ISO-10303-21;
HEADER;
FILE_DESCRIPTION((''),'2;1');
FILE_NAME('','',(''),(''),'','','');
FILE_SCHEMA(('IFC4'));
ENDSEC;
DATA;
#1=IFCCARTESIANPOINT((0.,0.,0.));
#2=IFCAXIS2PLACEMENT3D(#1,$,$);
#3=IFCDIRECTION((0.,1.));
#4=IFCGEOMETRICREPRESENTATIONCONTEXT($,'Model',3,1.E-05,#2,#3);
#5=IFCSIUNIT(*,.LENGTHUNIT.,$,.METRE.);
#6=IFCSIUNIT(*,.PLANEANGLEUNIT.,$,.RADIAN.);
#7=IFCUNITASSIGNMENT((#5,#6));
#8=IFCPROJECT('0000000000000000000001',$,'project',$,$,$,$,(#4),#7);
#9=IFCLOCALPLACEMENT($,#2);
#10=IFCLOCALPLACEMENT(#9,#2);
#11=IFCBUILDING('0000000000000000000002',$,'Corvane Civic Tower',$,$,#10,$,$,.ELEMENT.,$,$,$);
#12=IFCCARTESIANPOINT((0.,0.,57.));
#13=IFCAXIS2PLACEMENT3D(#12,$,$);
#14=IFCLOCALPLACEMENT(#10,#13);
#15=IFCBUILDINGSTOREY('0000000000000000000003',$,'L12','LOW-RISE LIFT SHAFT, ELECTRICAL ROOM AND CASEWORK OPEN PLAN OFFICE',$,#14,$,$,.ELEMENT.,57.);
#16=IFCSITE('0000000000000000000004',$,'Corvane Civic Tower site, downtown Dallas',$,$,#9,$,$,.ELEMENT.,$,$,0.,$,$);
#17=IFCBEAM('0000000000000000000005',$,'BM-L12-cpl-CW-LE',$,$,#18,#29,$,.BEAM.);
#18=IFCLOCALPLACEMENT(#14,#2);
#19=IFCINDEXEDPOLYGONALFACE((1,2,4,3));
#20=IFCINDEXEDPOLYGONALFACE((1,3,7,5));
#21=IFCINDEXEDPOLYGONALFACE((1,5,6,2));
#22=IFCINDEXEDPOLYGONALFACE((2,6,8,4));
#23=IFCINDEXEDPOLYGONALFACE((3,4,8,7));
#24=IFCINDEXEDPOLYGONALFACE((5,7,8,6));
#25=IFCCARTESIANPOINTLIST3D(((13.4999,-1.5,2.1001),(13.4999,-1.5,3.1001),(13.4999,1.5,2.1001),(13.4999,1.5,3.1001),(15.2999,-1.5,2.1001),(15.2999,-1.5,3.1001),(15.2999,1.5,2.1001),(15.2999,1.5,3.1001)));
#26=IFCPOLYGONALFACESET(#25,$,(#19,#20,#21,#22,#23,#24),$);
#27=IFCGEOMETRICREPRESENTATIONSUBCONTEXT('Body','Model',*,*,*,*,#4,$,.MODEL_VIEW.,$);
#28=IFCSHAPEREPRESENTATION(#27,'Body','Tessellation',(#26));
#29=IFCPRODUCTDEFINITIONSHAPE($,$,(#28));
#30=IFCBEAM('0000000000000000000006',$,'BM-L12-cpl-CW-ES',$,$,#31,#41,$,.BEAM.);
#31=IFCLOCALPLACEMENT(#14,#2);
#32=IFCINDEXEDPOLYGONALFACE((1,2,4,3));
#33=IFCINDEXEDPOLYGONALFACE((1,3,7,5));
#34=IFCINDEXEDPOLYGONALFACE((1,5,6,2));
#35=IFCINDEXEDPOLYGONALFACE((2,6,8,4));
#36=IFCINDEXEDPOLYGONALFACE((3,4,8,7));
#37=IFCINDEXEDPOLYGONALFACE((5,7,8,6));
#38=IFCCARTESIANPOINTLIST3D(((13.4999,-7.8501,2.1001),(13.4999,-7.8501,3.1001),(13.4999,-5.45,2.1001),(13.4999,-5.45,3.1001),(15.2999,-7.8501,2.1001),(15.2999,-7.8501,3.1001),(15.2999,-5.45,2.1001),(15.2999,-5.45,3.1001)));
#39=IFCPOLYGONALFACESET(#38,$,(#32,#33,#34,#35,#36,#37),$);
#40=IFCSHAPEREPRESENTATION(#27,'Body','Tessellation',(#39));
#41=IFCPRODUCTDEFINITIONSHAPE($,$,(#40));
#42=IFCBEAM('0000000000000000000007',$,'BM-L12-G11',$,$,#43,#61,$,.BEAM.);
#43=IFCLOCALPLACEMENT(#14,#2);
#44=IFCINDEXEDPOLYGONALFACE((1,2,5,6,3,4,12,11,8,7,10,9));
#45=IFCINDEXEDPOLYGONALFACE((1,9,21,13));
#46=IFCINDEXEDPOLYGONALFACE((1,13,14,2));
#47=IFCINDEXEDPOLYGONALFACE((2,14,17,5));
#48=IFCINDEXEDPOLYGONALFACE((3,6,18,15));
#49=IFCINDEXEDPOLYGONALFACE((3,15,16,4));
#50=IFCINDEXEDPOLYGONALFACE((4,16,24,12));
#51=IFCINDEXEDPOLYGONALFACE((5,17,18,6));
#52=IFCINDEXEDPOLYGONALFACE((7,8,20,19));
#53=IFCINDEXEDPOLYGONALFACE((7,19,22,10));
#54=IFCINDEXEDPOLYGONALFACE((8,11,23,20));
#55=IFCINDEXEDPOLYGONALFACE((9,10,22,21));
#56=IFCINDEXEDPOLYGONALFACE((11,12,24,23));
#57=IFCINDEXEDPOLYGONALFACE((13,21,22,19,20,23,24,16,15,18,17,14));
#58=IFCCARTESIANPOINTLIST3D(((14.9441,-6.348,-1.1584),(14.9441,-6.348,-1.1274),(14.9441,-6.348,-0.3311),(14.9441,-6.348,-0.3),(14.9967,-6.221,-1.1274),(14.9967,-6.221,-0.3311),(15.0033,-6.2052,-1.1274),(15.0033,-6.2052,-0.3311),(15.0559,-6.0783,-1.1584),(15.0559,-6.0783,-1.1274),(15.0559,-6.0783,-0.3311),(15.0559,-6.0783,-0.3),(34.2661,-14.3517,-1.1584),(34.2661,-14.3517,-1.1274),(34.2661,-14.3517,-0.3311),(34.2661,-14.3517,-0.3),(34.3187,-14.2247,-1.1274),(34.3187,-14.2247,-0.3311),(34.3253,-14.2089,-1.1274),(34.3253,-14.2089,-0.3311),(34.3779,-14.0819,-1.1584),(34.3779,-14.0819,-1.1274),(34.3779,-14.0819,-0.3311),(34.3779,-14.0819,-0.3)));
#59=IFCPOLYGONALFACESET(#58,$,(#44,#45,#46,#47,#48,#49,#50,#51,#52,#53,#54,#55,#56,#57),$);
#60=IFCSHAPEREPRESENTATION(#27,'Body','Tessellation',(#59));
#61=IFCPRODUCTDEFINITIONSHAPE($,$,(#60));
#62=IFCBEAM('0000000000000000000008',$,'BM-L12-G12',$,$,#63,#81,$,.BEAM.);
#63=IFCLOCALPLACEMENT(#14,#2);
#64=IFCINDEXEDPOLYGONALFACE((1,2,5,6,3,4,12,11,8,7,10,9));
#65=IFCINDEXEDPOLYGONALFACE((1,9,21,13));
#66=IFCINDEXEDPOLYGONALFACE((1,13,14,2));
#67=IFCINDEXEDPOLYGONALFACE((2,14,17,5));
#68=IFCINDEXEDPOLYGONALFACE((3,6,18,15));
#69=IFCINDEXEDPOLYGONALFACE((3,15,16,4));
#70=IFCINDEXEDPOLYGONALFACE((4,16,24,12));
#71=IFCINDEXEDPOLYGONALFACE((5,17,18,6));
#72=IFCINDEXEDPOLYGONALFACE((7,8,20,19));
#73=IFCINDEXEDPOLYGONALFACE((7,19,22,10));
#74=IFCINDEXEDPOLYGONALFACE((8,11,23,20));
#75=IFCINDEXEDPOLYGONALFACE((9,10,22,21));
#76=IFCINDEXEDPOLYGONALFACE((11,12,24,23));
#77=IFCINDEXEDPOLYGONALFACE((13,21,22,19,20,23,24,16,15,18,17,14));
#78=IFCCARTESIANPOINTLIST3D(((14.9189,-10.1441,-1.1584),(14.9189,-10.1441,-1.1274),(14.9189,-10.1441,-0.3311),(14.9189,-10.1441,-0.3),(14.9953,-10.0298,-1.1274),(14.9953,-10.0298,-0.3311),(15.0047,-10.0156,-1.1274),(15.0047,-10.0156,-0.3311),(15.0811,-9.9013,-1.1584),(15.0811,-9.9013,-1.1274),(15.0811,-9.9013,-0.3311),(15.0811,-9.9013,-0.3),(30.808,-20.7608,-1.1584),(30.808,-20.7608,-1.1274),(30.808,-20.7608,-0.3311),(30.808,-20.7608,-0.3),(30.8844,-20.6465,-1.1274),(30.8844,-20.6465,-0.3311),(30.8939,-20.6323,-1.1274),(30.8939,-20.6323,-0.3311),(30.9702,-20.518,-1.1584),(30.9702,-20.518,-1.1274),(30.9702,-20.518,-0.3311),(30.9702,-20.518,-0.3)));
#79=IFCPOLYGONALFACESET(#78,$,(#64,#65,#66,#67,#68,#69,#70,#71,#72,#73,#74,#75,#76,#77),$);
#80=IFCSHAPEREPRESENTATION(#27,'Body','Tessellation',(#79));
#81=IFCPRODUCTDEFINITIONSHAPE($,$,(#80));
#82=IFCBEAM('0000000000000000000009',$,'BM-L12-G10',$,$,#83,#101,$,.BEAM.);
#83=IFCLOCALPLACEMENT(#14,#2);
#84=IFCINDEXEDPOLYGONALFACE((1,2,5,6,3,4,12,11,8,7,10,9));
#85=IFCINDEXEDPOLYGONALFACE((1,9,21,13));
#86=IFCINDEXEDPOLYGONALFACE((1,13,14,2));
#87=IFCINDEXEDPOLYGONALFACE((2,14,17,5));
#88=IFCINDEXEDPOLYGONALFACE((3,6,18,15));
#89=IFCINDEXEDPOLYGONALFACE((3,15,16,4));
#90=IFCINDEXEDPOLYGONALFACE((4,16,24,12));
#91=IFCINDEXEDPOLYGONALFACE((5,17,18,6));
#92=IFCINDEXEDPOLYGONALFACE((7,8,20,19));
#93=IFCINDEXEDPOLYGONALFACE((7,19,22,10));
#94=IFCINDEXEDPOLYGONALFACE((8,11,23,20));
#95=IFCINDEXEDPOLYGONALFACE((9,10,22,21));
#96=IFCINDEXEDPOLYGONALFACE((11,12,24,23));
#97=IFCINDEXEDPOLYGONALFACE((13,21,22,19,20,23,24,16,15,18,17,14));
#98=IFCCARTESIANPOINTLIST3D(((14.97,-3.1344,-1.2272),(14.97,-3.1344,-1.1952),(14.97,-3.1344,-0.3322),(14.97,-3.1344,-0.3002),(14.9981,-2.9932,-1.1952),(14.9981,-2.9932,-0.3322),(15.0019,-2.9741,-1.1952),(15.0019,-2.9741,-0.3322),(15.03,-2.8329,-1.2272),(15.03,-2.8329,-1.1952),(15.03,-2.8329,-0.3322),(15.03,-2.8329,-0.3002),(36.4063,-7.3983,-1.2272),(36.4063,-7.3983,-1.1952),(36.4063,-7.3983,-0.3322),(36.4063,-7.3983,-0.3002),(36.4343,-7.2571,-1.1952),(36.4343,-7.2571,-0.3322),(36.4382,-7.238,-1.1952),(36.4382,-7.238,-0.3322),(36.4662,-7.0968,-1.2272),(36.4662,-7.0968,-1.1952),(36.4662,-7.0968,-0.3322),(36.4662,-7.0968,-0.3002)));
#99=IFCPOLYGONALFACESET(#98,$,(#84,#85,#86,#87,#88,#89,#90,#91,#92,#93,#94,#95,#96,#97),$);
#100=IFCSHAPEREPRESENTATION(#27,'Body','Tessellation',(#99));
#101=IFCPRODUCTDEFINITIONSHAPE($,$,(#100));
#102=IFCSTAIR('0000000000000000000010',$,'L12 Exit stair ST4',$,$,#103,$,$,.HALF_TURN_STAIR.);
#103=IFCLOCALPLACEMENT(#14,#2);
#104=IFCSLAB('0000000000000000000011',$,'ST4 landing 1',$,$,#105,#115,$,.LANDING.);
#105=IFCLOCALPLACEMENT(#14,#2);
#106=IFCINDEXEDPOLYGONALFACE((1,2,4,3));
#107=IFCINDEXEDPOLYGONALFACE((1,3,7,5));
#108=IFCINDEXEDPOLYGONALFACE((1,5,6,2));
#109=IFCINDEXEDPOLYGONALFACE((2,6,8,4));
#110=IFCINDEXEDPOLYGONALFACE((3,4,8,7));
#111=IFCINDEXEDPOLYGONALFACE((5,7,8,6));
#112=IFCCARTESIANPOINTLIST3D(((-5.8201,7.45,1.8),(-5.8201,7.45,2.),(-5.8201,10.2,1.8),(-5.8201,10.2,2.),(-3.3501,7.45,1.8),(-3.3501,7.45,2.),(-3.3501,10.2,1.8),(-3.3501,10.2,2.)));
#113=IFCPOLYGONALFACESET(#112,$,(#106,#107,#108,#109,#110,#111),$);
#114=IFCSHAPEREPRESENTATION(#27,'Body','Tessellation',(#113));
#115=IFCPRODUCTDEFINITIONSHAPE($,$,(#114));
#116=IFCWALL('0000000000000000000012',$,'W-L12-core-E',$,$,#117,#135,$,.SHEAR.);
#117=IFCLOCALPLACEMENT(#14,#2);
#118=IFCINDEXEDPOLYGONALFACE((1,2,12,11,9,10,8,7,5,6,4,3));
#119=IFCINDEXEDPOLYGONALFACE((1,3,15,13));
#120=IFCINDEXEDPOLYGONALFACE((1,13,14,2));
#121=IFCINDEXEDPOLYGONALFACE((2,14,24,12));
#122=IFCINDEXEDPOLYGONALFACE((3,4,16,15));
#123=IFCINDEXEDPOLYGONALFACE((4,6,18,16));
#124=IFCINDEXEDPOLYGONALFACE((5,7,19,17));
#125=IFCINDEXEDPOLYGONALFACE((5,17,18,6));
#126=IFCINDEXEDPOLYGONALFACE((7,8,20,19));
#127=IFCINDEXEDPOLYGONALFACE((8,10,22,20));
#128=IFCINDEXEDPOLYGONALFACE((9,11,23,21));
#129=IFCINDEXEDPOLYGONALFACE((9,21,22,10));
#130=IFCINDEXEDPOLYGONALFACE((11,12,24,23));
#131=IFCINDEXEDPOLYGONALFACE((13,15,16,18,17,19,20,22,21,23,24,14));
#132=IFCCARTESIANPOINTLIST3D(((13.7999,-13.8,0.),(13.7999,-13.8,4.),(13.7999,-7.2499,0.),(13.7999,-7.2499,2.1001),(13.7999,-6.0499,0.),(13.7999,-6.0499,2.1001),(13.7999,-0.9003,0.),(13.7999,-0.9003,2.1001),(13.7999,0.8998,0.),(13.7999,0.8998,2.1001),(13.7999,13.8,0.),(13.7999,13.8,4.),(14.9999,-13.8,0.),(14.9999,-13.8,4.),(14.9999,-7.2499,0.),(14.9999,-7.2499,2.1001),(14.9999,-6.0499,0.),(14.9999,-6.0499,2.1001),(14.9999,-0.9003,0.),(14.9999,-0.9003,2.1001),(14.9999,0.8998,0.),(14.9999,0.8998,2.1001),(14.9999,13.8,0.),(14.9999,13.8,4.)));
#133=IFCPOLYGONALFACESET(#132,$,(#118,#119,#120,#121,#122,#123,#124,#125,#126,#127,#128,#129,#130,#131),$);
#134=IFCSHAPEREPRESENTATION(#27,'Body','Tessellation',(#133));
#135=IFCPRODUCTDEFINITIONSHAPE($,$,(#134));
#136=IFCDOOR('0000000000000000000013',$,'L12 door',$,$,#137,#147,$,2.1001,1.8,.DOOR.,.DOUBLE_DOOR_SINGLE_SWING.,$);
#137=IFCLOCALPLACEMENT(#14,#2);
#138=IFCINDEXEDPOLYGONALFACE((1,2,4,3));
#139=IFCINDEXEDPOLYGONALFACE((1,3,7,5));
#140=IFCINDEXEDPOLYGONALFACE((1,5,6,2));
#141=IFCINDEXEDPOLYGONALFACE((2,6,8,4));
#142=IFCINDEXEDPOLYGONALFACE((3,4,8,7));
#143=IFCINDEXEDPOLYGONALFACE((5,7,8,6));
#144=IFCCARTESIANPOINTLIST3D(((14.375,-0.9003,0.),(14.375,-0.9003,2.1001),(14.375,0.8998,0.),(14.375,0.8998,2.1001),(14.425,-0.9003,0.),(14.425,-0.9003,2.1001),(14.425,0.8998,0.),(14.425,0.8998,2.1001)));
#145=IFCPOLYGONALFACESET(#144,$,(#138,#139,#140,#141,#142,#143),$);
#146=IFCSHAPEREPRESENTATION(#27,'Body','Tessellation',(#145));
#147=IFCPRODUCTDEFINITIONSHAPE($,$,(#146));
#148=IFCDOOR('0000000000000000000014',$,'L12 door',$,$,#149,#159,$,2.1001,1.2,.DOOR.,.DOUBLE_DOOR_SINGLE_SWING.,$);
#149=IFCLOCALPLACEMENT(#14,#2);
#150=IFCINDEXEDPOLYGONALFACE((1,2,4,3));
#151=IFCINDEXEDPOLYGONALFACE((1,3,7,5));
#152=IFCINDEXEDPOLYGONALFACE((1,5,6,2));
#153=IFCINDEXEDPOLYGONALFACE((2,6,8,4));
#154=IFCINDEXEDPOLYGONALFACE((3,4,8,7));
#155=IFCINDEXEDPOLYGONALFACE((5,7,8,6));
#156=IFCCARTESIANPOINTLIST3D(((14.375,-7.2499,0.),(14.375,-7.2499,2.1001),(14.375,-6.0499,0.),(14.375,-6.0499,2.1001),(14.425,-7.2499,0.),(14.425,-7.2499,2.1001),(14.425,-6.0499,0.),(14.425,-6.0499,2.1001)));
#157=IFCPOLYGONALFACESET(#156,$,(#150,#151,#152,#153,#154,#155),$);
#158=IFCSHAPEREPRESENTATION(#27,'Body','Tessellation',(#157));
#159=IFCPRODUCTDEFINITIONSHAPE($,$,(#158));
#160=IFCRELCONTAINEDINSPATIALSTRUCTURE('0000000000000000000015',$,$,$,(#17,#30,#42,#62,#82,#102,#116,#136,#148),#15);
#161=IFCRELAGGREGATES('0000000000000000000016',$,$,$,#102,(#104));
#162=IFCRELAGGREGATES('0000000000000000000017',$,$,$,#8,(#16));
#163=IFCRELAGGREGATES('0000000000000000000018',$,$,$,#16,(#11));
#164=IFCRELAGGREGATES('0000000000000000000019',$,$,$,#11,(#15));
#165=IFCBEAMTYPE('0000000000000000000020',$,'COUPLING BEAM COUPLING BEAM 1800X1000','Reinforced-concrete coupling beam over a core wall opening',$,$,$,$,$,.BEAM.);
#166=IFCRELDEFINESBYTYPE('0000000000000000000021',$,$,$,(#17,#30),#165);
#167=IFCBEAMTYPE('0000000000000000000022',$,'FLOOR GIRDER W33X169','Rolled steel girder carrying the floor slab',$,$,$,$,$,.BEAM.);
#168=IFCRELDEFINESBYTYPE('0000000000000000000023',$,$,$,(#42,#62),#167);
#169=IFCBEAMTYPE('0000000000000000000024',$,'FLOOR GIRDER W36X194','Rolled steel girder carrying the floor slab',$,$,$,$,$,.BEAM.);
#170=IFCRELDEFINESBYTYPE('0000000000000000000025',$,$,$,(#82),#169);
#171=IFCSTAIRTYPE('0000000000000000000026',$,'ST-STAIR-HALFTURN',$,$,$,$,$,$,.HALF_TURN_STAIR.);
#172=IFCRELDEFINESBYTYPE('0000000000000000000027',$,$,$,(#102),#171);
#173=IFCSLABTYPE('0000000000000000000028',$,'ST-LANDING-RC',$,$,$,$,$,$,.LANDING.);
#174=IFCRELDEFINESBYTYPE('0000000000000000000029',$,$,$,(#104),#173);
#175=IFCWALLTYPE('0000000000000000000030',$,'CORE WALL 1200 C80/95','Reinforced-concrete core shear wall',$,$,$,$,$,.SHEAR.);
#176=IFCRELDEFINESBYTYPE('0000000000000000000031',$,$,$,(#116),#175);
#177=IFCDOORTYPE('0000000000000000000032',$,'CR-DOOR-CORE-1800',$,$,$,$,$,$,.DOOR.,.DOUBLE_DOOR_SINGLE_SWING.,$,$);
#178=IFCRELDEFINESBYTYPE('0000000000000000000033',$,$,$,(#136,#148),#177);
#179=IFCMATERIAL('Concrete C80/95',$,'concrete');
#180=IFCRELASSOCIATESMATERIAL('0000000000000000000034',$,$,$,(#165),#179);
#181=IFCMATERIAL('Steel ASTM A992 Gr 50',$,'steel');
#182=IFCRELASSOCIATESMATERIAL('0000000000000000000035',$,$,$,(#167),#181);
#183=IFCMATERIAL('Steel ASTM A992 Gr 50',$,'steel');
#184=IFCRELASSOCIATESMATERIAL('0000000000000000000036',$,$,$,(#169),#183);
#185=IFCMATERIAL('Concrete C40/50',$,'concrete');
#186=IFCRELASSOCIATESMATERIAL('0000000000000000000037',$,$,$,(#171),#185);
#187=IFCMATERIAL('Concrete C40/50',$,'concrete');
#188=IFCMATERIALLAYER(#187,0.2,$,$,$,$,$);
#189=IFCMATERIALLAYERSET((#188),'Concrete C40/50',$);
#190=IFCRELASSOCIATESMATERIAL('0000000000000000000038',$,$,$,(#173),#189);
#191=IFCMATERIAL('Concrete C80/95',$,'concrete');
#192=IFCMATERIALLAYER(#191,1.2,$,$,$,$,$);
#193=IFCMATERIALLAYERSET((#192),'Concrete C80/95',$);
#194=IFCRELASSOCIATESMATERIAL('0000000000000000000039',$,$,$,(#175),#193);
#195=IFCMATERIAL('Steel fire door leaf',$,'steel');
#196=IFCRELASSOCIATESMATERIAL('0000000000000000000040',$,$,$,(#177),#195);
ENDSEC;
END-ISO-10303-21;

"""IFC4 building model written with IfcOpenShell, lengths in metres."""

from ifc_helpers import new_model, si_unit, direction, frame, frame_2d, origin, origin_2d, place, context, subcontext, project, spatial, polyline, rectangle, i_section, outline, extrude, material, layer, layer_set, material_profile, profile_set, type_object, element, fill, aggregate, save


model = new_model("IFC4")

# Units and contexts
model_context = context("Model", 3, precision=1e-05, world=origin(), true_north=direction((0.0, 1.0)))
body_context = subcontext(model_context, "Body", "Model", "MODEL_VIEW")
ifc_project = project(units=[si_unit("LENGTHUNIT", "METRE"), si_unit("PLANEANGLEUNIT", "RADIAN")], contexts=[model_context])

# Site, building, storey
site_placement = place(None, origin())
site = spatial("IfcSite", under=ifc_project, at=site_placement, Name="Corvane Civic Tower site, downtown Dallas", CompositionType="ELEMENT", RefElevation=0.0)
building_placement = place(site_placement, origin())
building = spatial("IfcBuilding", under=site, at=building_placement, Name="Corvane Civic Tower", CompositionType="ELEMENT")
storey_placement = place(building_placement, frame((0.0, 0.0, 57.0)))
storey = spatial("IfcBuildingStorey", under=building, at=storey_placement, Name="L12", Description="LOW-RISE LIFT SHAFT, ELECTRICAL ROOM AND CASEWORK OPEN PLAN OFFICE", CompositionType="ELEMENT", Elevation=57.0)

# Beams
ifc_material_1 = material(Name="Concrete C80/95", Category="concrete")
ifc_material_profile_1 = material_profile(ifc_material_1, rectangle(XDim=1.8, YDim=1.0, at=origin_2d()), Name="COUPLING BEAM 1800X1000")
ifc_profile_set_1 = profile_set([ifc_material_profile_1], Name="Concrete C80/95")
beam_type_1 = type_object("IfcBeamType", Name="COUPLING BEAM COUPLING BEAM 1800X1000", Description="Reinforced-concrete coupling beam over a core wall opening", PredefinedType="BEAM", material=ifc_profile_set_1)
beam_1_placement = place(storey_placement, frame((14.3999, -1.5, 2.6001), z_axis=(0.0, 1.0, 0.0), x_axis=(-1.0, 0.0, 0.0)))
element("IfcBeam", 1, at=beam_1_placement, inside=storey, type_object=beam_type_1, Name="BM-L12-cpl-CW-LE", PredefinedType="BEAM", context=body_context, shape_type="SweptSolid", body=[
    extrude(rectangle(XDim=1.8, YDim=1.0, at=origin_2d()), origin(), (0.0, 0.0, 1.0), 3.0),
])
beam_2_placement = place(storey_placement, frame((14.3999, -7.8501, 2.6001), z_axis=(0.0, 1.0, 0.0), x_axis=(-1.0, 0.0, 0.0)))
element("IfcBeam", 2, at=beam_2_placement, inside=storey, type_object=beam_type_1, Name="BM-L12-cpl-CW-ES", PredefinedType="BEAM", context=body_context, shape_type="SweptSolid", body=[
    extrude(rectangle(XDim=1.8, YDim=1.0, at=origin_2d()), origin(), (0.0, 0.0, 1.0), 2.4001),
])
ifc_material_2 = material(Name="Steel ASTM A992 Gr 50", Category="steel")
ifc_material_profile_2 = material_profile(ifc_material_2, i_section(OverallWidth=0.292, OverallDepth=0.8584, WebThickness=0.0171, FlangeThickness=0.031, at=origin_2d()), Name="W33X169")
ifc_profile_set_2 = profile_set([ifc_material_profile_2], Name="Steel ASTM A992 Gr 50")
beam_type_2 = type_object("IfcBeamType", Name="FLOOR GIRDER W33X169", Description="Rolled steel girder carrying the floor slab", PredefinedType="BEAM", material=ifc_profile_set_2)
beam_3_placement = place(storey_placement, frame((15.0, -6.2131, -0.7292), z_axis=(0.923876, -0.382692, 0.0), x_axis=(0.382692, 0.923876, 0.0)))
element("IfcBeam", 3, at=beam_3_placement, inside=storey, type_object=beam_type_2, Name="BM-L12-G11", PredefinedType="BEAM", context=body_context, shape_type="SweptSolid", body=[
    extrude(i_section(OverallWidth=0.292, OverallDepth=0.8584, WebThickness=0.0171, FlangeThickness=0.031, at=origin_2d()), origin(), (0.0, 0.0, 1.0), 20.9141),
])
beam_4_placement = place(storey_placement, frame((15.0, -10.0227, -0.7292), z_axis=(0.831472, -0.555567, 0.0), x_axis=(0.555567, 0.831472, 0.0)))
element("IfcBeam", 4, at=beam_4_placement, inside=storey, type_object=beam_type_2, Name="BM-L12-G12", PredefinedType="BEAM", context=body_context, shape_type="SweptSolid", body=[
    extrude(i_section(OverallWidth=0.292, OverallDepth=0.8584, WebThickness=0.0171, FlangeThickness=0.031, at=origin_2d()), origin(), (0.0, 0.0, 1.0), 19.1096),
])
ifc_material_3 = material(Name="Steel ASTM A992 Gr 50", Category="steel")
ifc_material_profile_3 = material_profile(ifc_material_3, i_section(OverallWidth=0.3074, OverallDepth=0.927, WebThickness=0.0195, FlangeThickness=0.032, at=origin_2d()), Name="W36X194")
ifc_profile_set_3 = profile_set([ifc_material_profile_3], Name="Steel ASTM A992 Gr 50")
beam_type_3 = type_object("IfcBeamType", Name="FLOOR GIRDER W36X194", Description="Rolled steel girder carrying the floor slab", PredefinedType="BEAM", material=ifc_profile_set_3)
beam_5_placement = place(storey_placement, frame((15.0, -2.9836, -0.7637), z_axis=(0.980785, -0.195089, 0.0), x_axis=(0.195089, 0.980785, 0.0)))
element("IfcBeam", 5, at=beam_5_placement, inside=storey, type_object=beam_type_3, Name="BM-L12-G10", PredefinedType="BEAM", context=body_context, shape_type="SweptSolid", body=[
    extrude(i_section(OverallWidth=0.3074, OverallDepth=0.927, WebThickness=0.0195, FlangeThickness=0.032, at=origin_2d()), origin(), (0.0, 0.0, 1.0), 21.8562),
])

# Stair, slab
ifc_material_4 = material(Name="Concrete C40/50", Category="concrete")
stair_type = type_object("IfcStairType", Name="ST-STAIR-HALFTURN", PredefinedType="HALF_TURN_STAIR", material=ifc_material_4)
stair_1_placement = place(storey_placement, origin())
stair_1 = element("IfcStair", 6, at=stair_1_placement, inside=storey, type_object=stair_type, Name="L12 Exit stair ST4", PredefinedType="HALF_TURN_STAIR")
ifc_material_5 = material(Name="Concrete C40/50", Category="concrete")
ifc_layer_1 = layer(ifc_material_5, 0.2)
ifc_layer_set_1 = layer_set([ifc_layer_1], Name="Concrete C40/50")
slab_type = type_object("IfcSlabType", Name="ST-LANDING-RC", PredefinedType="LANDING", material=ifc_layer_set_1)
slab_placement = place(storey_placement, frame((0.0, 0.0, 1.8)))
slab = element("IfcSlab", 7, at=slab_placement, type_object=slab_type, Name="ST4 landing 1", PredefinedType="LANDING", context=body_context, shape_type="SweptSolid", body=[
    extrude(outline(polyline([(-5.8201, 7.45), (-3.3501, 7.45), (-3.3501, 10.2), (-5.8201, 10.2), (-5.8201, 7.45)])), origin(), (0.0, 0.0, 1.0), 0.2),
])
aggregate(stair_1, [slab])

# Wall, openings, doors
ifc_material_6 = material(Name="Concrete C80/95", Category="concrete")
ifc_layer_2 = layer(ifc_material_6, 1.2)
ifc_layer_set_2 = layer_set([ifc_layer_2], Name="Concrete C80/95")
wall_type_1 = type_object("IfcWallType", Name="CORE WALL 1200 C80/95", Description="Reinforced-concrete core shear wall", PredefinedType="SHEAR", material=ifc_layer_set_2)
wall_1_placement = place(storey_placement, frame((14.3999, -13.8, 0.0), z_axis=(0.0, 0.0, 1.0), x_axis=(0.0, 1.0, 0.0)))
wall_1 = element("IfcWall", 8, at=wall_1_placement, inside=storey, type_object=wall_type_1, Name="W-L12-core-E", PredefinedType="SHEAR", context=body_context, shape_type="SweptSolid", body=[
    extrude(rectangle(XDim=27.6001, YDim=1.2, at=frame_2d((13.8, 0.0))), origin(), (0.0, 0.0, 1.0), 4.0),
])
opening_1_placement = place(wall_1_placement, frame((12.8999, 0.0, 0.0)))
opening_1 = element("IfcOpeningElement", 9, at=opening_1_placement, cuts=wall_1, PredefinedType="OPENING", context=body_context, shape_type="SweptSolid", body=[
    extrude(rectangle(XDim=1.8, YDim=2.1001, at=frame_2d((0.8999, 1.05))), frame((0.0, 0.6099, 0.0), z_axis=(0.0, -1.0, 0.0), x_axis=(1.0, 0.0, 0.0)), (0.0, 0.0, 1.0), 1.22),
])
opening_2_placement = place(wall_1_placement, frame((6.55, 0.0, 0.0)))
opening_2 = element("IfcOpeningElement", 10, at=opening_2_placement, cuts=wall_1, PredefinedType="OPENING", context=body_context, shape_type="SweptSolid", body=[
    extrude(rectangle(XDim=1.2, YDim=2.1001, at=frame_2d((0.6001, 1.05))), frame((0.0, 0.6099, 0.0), z_axis=(0.0, -1.0, 0.0), x_axis=(1.0, 0.0, 0.0)), (0.0, 0.0, 1.0), 1.22),
])
ifc_material_7 = material(Name="Steel fire door leaf", Category="steel")
door_type_1 = type_object("IfcDoorType", Name="CR-DOOR-CORE-1800", OperationType="DOUBLE_DOOR_SINGLE_SWING", PredefinedType="DOOR", material=ifc_material_7)
door_1_placement = place(opening_1_placement, origin())
door_1 = element("IfcDoor", 11, at=door_1_placement, inside=storey, type_object=door_type_1, Name="L12 door", OperationType="DOUBLE_DOOR_SINGLE_SWING", OverallHeight=2.1001, OverallWidth=1.8, PredefinedType="DOOR", context=body_context, shape_type="SweptSolid", body=[
    extrude(rectangle(XDim=1.8, YDim=2.1001, at=frame_2d((0.8999, 1.05))), frame((0.0, 0.0249, 0.0), z_axis=(0.0, -1.0, 0.0), x_axis=(1.0, 0.0, 0.0)), (0.0, 0.0, 1.0), 0.05),
])
fill(opening_1, door_1)
door_2_placement = place(opening_2_placement, origin())
door_2 = element("IfcDoor", 12, at=door_2_placement, inside=storey, type_object=door_type_1, Name="L12 door", OperationType="DOUBLE_DOOR_SINGLE_SWING", OverallHeight=2.1001, OverallWidth=1.2, PredefinedType="DOOR", context=body_context, shape_type="SweptSolid", body=[
    extrude(rectangle(XDim=1.2, YDim=2.1001, at=frame_2d((0.6001, 1.05))), frame((0.0, 0.0249, 0.0), z_axis=(0.0, -1.0, 0.0), x_axis=(1.0, 0.0, 0.0)), (0.0, 0.0, 1.0), 0.05),
])
fill(opening_2, door_2)

save(model, "model.ifc")
